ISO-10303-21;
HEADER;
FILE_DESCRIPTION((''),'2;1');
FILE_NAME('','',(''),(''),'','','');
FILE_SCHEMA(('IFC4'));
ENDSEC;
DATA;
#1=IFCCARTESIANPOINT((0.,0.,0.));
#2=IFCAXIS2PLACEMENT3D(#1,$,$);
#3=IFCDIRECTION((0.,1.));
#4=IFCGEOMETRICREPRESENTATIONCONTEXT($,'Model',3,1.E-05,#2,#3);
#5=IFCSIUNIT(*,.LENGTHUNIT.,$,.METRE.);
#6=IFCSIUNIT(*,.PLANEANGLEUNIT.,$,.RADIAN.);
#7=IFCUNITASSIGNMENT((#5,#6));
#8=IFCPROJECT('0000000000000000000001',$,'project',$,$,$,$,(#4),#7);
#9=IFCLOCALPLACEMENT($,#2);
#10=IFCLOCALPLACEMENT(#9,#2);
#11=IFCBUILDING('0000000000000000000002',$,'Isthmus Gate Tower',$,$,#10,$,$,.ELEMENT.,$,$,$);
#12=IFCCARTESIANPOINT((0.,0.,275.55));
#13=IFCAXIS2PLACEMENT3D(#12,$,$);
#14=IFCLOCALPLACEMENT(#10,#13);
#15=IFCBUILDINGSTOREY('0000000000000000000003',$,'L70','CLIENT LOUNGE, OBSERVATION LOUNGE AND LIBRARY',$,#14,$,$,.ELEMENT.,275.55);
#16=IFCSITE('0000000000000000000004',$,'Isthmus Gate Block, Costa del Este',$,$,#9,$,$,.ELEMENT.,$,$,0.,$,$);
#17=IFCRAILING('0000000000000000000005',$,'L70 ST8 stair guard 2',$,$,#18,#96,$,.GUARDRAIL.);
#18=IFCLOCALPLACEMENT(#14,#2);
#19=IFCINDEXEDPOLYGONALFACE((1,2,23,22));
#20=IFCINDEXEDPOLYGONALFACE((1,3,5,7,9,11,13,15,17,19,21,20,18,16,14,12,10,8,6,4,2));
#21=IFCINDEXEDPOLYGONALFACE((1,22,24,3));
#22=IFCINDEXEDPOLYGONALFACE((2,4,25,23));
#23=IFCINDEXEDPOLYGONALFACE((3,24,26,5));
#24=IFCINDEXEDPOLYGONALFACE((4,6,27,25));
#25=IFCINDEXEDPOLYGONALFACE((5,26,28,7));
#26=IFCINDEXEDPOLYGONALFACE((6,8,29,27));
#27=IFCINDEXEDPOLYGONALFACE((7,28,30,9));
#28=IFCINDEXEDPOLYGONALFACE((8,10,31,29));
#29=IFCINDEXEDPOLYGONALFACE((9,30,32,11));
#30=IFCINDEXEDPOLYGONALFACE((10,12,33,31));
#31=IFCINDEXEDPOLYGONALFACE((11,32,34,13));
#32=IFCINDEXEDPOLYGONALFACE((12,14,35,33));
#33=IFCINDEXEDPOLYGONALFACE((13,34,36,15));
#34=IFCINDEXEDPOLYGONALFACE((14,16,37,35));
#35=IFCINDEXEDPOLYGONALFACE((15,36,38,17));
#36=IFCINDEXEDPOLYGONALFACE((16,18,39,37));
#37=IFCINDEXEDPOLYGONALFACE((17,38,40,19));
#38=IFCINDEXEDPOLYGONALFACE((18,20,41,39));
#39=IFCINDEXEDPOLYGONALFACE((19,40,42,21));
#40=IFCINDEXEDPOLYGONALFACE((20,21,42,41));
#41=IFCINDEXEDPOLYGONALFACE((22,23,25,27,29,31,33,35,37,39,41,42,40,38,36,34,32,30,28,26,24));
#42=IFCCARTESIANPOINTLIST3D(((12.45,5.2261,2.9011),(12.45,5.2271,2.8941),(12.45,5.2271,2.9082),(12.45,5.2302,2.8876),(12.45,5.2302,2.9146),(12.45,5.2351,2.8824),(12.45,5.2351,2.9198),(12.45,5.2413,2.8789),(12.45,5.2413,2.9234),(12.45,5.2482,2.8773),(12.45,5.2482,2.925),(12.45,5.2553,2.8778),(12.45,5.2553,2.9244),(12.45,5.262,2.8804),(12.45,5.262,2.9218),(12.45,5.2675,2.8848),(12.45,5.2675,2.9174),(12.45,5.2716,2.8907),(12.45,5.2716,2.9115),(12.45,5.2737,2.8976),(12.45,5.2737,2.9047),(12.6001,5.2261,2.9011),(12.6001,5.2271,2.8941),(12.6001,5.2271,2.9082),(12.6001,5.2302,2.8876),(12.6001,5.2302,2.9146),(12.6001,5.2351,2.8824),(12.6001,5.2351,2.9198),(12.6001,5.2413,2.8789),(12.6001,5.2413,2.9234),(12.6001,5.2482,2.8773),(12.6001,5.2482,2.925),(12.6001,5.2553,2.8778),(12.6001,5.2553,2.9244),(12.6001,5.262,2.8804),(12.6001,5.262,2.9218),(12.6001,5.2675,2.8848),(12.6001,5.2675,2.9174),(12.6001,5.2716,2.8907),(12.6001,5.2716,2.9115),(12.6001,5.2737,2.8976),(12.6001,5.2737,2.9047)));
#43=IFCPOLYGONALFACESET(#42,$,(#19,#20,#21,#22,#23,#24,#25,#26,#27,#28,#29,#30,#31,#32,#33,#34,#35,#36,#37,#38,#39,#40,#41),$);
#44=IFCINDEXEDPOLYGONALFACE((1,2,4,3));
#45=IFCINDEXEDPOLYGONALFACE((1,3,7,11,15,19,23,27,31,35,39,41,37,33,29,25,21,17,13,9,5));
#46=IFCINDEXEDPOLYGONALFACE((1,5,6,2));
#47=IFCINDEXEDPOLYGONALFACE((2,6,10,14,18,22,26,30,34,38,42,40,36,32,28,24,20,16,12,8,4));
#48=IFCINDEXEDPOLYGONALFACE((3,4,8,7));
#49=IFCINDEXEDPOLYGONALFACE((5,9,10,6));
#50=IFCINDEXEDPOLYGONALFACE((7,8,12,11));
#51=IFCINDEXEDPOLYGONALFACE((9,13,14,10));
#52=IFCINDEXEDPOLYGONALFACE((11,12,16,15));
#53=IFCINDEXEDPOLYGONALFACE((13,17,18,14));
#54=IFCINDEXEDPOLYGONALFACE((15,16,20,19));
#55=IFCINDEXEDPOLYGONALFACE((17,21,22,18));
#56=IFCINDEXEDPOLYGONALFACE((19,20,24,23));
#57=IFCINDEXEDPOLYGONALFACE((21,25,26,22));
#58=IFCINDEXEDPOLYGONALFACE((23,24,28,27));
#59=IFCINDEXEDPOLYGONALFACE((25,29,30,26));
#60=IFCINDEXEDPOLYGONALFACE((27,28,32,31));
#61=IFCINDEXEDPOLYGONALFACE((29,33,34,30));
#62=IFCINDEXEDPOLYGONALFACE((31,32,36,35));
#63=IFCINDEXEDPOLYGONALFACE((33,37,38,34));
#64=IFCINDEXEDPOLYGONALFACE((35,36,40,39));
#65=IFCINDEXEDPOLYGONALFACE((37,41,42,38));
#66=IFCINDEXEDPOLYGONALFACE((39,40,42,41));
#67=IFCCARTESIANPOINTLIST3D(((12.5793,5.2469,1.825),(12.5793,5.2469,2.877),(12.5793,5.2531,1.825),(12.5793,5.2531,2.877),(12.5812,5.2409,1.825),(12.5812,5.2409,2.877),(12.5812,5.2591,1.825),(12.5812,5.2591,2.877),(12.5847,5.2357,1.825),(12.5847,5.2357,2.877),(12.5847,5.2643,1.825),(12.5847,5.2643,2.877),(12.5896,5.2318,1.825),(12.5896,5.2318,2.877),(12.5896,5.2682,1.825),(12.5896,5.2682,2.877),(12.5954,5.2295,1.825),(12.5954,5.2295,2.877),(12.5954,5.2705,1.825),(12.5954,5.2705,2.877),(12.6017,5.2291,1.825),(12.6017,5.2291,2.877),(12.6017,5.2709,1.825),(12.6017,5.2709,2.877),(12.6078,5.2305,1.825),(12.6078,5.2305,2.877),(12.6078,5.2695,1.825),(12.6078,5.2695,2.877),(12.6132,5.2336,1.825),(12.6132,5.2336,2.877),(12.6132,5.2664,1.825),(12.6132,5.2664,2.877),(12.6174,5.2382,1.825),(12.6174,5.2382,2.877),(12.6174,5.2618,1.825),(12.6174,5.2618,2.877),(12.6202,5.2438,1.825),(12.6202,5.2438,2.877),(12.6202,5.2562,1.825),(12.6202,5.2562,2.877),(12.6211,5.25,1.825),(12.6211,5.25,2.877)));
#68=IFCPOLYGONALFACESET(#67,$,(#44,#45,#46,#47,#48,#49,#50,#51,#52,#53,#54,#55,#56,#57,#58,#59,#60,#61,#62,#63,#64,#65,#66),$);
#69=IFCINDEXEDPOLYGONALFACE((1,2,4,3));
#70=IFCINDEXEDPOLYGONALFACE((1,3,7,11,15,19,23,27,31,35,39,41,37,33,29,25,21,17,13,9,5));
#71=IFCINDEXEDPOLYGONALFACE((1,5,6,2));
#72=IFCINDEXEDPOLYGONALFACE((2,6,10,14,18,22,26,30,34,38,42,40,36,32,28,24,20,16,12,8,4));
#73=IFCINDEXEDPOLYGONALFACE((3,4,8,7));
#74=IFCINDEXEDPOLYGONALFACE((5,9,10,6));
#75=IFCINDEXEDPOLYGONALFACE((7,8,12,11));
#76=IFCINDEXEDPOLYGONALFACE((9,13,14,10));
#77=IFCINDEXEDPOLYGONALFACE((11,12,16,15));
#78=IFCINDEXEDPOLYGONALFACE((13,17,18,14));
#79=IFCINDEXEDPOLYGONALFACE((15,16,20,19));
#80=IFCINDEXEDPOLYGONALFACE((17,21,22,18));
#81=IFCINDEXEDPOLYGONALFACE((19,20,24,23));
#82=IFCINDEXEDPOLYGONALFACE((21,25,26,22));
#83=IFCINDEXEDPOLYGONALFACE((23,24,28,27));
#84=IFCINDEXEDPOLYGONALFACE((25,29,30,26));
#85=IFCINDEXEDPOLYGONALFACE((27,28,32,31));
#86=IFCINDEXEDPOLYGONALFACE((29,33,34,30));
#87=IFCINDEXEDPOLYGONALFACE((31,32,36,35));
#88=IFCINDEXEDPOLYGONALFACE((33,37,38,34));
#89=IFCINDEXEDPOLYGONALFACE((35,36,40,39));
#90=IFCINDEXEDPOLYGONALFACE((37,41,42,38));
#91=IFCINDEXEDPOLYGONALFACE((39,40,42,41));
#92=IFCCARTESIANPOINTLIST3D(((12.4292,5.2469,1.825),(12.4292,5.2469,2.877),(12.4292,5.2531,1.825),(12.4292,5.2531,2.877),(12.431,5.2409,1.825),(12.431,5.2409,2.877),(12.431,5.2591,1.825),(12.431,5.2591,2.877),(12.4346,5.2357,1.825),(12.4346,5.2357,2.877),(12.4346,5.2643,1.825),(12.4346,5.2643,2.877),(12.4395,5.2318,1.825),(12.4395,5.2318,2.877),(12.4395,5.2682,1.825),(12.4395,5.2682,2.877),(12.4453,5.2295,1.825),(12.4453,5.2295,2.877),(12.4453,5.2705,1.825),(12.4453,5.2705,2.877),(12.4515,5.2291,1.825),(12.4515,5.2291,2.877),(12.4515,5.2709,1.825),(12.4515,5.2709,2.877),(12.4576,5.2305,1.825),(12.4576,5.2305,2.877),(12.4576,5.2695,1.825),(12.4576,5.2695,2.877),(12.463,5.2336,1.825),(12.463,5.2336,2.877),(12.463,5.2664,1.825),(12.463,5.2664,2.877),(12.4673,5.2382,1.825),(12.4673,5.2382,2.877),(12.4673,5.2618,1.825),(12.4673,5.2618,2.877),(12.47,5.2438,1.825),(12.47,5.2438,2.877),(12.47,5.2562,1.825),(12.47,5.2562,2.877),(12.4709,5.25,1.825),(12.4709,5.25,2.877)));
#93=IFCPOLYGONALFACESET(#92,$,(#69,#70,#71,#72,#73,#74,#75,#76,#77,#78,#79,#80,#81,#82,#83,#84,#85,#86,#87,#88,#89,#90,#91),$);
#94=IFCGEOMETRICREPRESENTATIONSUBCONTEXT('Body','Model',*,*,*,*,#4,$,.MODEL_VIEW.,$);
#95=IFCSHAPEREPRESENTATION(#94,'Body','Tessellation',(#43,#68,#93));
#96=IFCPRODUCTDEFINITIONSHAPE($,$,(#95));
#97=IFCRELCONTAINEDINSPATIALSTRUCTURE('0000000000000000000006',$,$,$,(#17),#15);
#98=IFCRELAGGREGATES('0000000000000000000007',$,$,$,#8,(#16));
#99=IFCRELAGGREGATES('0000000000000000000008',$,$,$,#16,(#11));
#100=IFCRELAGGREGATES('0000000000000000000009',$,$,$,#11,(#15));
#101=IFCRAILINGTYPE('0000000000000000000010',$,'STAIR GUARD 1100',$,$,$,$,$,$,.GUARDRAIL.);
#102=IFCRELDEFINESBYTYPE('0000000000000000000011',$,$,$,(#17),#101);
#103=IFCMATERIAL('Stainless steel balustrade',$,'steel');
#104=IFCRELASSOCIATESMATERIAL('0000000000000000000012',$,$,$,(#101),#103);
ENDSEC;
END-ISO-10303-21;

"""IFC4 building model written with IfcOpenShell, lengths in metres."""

from ifc_helpers import new_model, si_unit, direction, frame, origin, origin_2d, place, context, subcontext, project, spatial, circle, extrude, material, type_object, element, save


model = new_model("IFC4")

# Units and contexts
model_context = context("Model", 3, precision=1e-05, world=origin(), true_north=direction((0.0, 1.0)))
body_context = subcontext(model_context, "Body", "Model", "MODEL_VIEW")
ifc_project = project(units=[si_unit("LENGTHUNIT", "METRE"), si_unit("PLANEANGLEUNIT", "RADIAN")], contexts=[model_context])

# Site, building, storey
site_placement = place(None, origin())
site = spatial("IfcSite", under=ifc_project, at=site_placement, Name="Isthmus Gate Block, Costa del Este", CompositionType="ELEMENT", RefElevation=0.0)
building_placement = place(site_placement, origin())
building = spatial("IfcBuilding", under=site, at=building_placement, Name="Isthmus Gate Tower", CompositionType="ELEMENT")
storey_placement = place(building_placement, frame((0.0, 0.0, 275.55)))
storey = spatial("IfcBuildingStorey", under=building, at=storey_placement, Name="L70", Description="CLIENT LOUNGE, OBSERVATION LOUNGE AND LIBRARY", CompositionType="ELEMENT", Elevation=275.55)

# Railing
ifc_material_1 = material(Name="Stainless steel balustrade", Category="steel")
railing_type_1 = type_object("IfcRailingType", Name="STAIR GUARD 1100", PredefinedType="GUARDRAIL", material=ifc_material_1)
railing_1_placement = place(storey_placement, frame((12.6001, 5.25, 1.825)))
element("IfcRailing", 1, at=railing_1_placement, inside=storey, type_object=railing_type_1, Name="L70 ST8 stair guard 2", PredefinedType="GUARDRAIL", context=body_context, shape_type="SweptSolid", body=[
    extrude(circle(Radius=0.0239, at=origin_2d()), frame((0.0, 0.0, 1.0762), z_axis=(-1.0, 0.0, 0.0), x_axis=(0.0, -1.0, 0.0)), (0.0, 0.0, 1.0), 0.1501),
    extrude(circle(Radius=0.021, at=origin_2d()), origin(), (0.0, 0.0, 1.0), 1.052),
    extrude(circle(Radius=0.021, at=origin_2d()), frame((-0.1501, 0.0, 0.0)), (0.0, 0.0, 1.0), 1.052),
])

save(model, "model.ifc")
